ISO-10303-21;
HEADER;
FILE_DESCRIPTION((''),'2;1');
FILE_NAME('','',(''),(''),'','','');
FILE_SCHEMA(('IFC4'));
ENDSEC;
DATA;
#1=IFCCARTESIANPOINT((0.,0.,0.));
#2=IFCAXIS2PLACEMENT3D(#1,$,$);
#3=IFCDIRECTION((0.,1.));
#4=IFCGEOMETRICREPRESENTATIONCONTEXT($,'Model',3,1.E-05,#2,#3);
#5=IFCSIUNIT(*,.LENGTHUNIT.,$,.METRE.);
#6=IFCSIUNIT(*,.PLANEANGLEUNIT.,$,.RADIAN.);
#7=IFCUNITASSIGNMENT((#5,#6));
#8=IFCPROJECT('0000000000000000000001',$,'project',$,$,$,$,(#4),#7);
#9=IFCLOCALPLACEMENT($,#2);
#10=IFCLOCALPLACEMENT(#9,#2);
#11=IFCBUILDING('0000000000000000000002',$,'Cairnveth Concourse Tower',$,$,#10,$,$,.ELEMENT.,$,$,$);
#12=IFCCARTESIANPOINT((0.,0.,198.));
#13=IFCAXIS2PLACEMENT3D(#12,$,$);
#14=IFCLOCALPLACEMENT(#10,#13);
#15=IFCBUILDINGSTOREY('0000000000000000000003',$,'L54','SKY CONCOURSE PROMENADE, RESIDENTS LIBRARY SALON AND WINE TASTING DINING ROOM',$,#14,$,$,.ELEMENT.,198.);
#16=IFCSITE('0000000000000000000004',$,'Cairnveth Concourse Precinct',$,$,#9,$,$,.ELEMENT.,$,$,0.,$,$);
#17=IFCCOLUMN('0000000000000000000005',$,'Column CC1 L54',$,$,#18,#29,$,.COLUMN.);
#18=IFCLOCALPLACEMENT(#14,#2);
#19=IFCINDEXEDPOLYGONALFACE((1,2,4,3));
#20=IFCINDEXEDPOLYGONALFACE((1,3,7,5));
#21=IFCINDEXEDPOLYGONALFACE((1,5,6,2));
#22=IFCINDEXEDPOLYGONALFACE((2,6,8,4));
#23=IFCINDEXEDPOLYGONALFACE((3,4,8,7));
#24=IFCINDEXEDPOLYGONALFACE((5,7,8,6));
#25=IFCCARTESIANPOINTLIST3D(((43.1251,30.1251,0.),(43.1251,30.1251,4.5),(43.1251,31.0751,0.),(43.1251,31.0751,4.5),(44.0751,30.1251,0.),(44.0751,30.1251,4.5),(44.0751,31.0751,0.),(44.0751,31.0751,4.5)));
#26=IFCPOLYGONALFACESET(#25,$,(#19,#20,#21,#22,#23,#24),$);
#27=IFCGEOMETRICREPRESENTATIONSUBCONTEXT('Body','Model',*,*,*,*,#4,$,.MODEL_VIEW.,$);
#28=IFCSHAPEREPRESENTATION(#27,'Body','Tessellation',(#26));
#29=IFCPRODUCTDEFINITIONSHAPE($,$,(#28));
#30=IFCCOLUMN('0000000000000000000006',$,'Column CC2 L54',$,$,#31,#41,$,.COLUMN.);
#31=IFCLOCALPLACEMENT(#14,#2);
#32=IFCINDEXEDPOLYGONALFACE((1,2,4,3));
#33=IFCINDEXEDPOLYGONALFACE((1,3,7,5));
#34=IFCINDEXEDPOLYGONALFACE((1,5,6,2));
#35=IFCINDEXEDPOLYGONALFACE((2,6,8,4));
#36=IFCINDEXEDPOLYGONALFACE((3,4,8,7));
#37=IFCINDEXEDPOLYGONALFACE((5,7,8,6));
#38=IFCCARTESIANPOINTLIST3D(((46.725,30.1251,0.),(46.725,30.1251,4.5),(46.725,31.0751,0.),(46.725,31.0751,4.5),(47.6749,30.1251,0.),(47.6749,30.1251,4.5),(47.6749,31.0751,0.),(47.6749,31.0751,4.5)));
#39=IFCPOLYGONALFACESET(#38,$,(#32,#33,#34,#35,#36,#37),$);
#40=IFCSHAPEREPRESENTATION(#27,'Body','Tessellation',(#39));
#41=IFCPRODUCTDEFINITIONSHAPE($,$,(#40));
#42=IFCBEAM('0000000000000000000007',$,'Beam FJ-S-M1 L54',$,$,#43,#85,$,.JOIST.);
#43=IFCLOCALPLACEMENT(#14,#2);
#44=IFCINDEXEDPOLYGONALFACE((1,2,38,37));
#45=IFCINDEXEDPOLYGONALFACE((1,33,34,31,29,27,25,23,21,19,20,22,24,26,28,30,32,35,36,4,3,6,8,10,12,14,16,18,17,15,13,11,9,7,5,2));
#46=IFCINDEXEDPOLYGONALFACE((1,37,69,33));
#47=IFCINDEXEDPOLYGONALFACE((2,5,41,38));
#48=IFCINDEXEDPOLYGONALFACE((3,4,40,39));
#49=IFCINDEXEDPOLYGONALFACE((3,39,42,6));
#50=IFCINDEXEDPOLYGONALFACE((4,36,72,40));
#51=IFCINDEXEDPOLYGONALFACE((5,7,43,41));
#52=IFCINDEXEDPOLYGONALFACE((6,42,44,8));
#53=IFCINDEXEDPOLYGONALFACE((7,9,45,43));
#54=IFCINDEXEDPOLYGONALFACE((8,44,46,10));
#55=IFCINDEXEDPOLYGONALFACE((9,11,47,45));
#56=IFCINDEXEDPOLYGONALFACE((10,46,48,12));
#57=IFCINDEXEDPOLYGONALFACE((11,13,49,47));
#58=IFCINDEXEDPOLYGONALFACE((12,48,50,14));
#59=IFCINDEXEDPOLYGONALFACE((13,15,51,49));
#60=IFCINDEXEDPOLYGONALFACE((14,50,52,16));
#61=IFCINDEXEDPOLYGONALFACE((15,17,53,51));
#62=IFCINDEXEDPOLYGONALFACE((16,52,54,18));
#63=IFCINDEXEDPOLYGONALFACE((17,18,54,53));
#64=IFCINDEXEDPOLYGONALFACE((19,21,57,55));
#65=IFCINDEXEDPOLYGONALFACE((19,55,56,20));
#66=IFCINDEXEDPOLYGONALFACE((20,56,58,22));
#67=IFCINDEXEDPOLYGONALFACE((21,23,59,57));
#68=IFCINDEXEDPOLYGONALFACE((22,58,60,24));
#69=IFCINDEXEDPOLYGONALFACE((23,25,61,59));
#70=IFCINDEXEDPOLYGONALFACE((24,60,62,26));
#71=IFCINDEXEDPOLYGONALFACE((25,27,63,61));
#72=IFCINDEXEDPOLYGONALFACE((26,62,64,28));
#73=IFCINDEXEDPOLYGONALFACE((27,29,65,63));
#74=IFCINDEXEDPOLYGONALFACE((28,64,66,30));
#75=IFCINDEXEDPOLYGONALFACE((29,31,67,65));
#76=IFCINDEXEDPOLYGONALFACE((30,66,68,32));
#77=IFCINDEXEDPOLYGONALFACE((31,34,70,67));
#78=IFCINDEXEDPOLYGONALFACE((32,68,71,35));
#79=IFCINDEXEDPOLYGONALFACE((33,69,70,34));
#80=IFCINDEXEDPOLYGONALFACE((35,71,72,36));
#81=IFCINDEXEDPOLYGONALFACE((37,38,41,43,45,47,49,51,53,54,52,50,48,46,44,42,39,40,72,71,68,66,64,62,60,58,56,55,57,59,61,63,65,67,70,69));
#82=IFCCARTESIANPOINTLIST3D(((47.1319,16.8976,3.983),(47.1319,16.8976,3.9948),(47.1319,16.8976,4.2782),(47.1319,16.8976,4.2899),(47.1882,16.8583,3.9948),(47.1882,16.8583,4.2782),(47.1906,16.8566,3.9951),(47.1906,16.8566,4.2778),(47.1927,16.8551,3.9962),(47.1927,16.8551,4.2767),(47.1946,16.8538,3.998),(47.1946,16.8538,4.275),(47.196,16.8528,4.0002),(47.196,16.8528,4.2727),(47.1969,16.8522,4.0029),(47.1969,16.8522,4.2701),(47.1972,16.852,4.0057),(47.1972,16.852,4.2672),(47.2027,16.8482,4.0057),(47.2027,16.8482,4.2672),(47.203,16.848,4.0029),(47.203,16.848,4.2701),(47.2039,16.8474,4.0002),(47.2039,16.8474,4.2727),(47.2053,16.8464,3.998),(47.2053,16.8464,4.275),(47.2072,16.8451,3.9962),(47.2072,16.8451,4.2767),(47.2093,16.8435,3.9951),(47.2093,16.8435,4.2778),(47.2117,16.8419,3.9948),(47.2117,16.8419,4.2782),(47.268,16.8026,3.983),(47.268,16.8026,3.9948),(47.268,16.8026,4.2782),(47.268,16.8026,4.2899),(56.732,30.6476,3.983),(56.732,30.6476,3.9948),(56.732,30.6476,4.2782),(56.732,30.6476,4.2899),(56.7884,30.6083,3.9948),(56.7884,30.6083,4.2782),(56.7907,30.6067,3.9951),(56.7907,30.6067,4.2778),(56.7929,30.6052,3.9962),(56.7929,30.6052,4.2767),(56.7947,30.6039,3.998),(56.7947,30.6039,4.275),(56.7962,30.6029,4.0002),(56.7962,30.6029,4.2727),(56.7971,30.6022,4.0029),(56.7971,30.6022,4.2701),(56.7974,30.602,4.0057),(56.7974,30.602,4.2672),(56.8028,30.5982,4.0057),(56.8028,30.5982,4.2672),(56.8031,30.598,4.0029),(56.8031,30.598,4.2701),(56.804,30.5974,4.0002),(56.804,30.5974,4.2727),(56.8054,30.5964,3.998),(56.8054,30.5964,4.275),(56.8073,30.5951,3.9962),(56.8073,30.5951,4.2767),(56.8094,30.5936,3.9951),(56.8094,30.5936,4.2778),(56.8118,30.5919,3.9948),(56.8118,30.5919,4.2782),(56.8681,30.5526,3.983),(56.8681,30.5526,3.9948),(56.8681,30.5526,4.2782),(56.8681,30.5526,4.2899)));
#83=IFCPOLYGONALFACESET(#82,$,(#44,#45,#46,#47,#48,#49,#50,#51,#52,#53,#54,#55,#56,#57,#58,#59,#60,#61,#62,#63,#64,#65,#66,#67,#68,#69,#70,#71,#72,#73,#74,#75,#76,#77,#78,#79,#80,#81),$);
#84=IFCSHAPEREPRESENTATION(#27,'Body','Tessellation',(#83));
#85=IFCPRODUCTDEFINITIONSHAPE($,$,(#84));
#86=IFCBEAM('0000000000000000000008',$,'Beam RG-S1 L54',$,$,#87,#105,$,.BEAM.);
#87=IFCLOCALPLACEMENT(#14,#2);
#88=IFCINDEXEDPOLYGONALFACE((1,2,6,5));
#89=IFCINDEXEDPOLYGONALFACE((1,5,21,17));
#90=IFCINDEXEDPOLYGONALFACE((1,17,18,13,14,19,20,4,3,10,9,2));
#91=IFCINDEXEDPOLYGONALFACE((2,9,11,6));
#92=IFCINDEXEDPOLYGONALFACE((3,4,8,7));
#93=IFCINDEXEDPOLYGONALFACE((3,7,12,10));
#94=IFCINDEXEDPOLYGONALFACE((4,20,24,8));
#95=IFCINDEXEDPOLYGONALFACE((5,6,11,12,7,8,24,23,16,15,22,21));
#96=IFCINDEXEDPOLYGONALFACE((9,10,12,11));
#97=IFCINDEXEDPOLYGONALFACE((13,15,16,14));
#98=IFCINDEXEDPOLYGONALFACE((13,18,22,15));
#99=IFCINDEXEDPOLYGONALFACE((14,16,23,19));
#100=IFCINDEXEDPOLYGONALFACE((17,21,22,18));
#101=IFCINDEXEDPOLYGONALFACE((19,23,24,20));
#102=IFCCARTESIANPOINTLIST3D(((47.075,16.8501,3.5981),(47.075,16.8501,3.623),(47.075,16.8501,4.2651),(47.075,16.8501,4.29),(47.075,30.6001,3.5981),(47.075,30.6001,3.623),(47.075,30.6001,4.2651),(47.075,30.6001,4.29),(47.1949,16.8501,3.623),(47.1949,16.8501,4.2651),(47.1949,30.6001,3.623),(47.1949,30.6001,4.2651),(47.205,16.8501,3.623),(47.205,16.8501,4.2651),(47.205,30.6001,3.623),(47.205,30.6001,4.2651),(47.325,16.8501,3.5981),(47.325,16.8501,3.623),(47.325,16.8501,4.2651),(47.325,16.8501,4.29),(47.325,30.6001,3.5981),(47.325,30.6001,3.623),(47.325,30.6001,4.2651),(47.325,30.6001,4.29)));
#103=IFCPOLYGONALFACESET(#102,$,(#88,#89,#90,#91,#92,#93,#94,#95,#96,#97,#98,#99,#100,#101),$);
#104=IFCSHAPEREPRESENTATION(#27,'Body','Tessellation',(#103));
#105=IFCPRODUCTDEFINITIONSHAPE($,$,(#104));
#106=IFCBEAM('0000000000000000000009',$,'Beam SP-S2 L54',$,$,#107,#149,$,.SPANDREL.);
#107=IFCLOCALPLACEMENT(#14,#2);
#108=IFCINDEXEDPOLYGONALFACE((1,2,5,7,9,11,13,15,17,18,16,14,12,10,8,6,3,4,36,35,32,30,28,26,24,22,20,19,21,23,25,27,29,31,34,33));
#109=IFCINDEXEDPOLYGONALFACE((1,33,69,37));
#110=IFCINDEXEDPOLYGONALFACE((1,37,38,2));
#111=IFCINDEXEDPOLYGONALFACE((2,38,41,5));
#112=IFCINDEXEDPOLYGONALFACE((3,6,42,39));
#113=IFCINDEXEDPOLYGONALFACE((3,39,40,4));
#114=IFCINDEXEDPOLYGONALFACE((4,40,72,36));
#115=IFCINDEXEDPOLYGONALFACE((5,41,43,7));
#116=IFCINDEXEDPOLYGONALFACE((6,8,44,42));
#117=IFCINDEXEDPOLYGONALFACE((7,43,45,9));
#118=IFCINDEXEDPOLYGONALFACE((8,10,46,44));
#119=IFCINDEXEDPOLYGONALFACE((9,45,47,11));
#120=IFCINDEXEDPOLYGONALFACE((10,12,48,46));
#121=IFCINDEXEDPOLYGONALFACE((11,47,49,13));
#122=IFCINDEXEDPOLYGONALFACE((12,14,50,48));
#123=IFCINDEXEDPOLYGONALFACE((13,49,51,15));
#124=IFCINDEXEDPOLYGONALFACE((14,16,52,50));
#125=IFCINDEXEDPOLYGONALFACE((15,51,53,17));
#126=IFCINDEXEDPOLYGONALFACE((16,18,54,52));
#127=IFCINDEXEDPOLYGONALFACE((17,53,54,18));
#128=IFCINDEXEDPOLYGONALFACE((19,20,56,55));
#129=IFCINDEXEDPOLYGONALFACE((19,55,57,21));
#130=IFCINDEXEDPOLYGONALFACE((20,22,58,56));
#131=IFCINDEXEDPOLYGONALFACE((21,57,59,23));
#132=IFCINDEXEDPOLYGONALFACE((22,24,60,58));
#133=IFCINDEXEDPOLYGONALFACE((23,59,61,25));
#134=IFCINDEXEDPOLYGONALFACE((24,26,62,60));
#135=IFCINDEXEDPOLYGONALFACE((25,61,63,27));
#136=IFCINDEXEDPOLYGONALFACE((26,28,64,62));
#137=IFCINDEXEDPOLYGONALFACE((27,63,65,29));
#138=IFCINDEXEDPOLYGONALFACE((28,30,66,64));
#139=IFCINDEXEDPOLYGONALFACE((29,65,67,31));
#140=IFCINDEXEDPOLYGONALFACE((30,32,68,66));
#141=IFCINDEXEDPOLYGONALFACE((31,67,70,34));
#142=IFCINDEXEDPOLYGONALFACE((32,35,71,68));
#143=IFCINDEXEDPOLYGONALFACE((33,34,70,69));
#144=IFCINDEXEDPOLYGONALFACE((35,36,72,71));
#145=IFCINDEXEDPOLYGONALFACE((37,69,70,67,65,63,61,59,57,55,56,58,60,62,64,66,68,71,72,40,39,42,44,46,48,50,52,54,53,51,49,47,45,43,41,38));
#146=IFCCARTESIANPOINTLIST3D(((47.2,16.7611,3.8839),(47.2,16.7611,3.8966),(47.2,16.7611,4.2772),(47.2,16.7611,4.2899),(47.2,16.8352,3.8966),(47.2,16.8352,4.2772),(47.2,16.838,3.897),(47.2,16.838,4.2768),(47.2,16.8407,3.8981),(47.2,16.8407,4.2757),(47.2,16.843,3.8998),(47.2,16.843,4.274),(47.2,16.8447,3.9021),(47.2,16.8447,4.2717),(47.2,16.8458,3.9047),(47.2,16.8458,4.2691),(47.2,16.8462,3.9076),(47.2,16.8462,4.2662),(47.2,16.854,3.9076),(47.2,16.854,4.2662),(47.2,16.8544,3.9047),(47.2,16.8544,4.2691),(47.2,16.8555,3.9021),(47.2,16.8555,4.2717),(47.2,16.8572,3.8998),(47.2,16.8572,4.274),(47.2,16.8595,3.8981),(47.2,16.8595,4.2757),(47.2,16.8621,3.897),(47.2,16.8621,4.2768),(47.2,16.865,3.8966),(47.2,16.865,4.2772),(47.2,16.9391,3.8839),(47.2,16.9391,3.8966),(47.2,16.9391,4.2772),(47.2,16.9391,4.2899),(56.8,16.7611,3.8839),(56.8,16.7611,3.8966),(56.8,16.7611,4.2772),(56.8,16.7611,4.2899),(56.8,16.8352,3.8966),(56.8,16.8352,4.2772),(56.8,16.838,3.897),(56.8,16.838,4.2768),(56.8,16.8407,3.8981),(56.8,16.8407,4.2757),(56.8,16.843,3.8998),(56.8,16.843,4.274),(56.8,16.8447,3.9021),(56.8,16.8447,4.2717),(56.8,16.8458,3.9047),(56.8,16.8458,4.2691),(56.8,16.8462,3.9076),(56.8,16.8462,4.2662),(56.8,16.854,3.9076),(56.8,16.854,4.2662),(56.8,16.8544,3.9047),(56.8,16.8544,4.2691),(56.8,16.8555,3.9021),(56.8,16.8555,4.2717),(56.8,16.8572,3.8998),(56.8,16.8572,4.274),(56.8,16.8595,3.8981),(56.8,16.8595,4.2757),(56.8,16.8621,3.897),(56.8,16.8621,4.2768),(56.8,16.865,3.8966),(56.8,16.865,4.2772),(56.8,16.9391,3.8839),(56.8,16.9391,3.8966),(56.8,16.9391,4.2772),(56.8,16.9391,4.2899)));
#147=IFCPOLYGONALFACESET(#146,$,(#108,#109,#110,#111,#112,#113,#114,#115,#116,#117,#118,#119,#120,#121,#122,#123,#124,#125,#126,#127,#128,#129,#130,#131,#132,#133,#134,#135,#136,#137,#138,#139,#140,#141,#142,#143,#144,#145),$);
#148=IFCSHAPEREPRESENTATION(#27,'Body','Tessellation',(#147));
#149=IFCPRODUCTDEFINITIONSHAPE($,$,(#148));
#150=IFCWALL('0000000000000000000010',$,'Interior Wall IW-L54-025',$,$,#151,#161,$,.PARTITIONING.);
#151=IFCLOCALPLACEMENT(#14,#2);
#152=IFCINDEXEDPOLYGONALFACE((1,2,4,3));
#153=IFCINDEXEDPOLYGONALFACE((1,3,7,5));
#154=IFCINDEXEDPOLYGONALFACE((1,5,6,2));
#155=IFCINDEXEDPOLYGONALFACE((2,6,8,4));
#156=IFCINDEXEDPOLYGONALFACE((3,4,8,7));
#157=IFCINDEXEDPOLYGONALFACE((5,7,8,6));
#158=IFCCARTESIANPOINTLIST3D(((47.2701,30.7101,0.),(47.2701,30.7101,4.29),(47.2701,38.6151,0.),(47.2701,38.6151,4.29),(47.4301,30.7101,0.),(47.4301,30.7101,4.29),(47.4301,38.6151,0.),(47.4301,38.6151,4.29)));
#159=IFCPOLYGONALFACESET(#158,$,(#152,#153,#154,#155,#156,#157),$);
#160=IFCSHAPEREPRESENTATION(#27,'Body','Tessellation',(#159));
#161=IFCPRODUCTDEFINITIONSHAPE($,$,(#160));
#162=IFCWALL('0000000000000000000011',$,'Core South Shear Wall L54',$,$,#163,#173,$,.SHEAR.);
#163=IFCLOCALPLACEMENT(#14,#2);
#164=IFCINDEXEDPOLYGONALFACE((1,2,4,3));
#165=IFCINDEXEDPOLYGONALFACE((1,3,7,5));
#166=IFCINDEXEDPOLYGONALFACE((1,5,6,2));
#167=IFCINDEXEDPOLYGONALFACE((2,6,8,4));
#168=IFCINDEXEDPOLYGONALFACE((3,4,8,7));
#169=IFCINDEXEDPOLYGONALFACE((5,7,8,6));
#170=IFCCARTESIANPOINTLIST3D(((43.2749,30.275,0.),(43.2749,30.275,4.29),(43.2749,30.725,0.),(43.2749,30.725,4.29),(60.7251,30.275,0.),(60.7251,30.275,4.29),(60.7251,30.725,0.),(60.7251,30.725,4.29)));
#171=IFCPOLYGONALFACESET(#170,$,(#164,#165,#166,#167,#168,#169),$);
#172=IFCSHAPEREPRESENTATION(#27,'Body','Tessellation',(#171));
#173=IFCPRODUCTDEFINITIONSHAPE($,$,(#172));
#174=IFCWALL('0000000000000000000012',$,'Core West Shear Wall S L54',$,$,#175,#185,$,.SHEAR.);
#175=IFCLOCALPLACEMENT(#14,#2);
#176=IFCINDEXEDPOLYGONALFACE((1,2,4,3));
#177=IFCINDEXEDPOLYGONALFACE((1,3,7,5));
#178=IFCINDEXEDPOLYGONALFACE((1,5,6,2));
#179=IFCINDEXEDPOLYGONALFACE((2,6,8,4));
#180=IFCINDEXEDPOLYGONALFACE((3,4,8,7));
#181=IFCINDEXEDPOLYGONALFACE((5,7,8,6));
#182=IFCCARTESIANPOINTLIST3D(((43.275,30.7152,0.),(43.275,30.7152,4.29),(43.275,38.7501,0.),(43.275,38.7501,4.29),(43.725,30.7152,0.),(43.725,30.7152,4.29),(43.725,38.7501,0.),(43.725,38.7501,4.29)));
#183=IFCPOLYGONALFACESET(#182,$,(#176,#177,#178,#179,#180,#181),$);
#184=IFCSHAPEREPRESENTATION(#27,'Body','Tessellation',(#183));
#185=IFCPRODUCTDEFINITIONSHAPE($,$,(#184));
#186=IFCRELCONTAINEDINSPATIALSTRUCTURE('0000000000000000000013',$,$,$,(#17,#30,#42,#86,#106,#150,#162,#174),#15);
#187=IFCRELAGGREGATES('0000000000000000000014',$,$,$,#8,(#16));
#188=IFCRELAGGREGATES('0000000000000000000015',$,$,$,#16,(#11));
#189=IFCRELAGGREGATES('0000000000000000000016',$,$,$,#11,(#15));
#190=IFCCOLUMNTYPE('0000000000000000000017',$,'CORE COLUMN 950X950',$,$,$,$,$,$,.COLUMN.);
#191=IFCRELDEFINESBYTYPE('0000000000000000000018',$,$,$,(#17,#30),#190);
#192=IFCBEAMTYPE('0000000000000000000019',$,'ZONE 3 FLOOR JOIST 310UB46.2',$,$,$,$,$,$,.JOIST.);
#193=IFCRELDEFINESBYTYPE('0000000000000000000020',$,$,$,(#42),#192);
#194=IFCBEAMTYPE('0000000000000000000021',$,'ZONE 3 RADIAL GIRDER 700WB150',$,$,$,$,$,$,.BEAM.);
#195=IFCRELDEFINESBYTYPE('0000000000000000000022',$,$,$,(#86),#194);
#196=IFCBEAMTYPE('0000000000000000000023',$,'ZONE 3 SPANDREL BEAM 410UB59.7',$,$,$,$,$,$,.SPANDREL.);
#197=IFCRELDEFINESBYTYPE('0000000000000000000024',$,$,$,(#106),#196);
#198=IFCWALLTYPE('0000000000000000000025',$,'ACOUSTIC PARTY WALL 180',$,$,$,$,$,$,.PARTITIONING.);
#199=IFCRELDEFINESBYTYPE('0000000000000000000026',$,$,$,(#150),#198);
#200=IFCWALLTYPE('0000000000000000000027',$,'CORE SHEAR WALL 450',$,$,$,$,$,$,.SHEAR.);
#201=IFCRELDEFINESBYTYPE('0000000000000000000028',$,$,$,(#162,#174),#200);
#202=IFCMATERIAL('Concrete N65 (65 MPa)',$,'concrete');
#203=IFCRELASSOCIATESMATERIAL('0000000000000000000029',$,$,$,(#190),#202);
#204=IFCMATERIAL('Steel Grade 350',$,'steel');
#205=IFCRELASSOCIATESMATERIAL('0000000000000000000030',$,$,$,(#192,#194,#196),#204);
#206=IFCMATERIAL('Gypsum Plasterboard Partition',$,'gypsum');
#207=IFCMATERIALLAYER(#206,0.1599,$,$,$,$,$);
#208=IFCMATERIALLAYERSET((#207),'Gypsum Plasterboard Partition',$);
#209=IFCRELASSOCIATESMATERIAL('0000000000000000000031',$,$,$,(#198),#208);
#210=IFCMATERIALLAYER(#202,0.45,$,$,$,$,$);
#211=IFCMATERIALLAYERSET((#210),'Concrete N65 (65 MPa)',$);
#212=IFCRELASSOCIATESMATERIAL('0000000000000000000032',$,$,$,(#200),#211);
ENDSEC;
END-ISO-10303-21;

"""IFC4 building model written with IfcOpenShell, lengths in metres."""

from ifc_helpers import new_model, si_unit, direction, frame, frame_2d, origin, origin_2d, place, context, subcontext, project, spatial, rectangle, i_section, extrude, material, layer, layer_set, material_profile, profile_set, type_object, element, save


model = new_model("IFC4")

# Units and contexts
model_context = context("Model", 3, precision=1e-05, world=origin(), true_north=direction((0.0, 1.0)))
body_context = subcontext(model_context, "Body", "Model", "MODEL_VIEW")
ifc_project = project(units=[si_unit("LENGTHUNIT", "METRE"), si_unit("PLANEANGLEUNIT", "RADIAN")], contexts=[model_context])

# Site, building, storey
site_placement = place(None, origin())
site = spatial("IfcSite", under=ifc_project, at=site_placement, Name="Cairnveth Concourse Precinct", CompositionType="ELEMENT", RefElevation=0.0)
building_placement = place(site_placement, origin())
building = spatial("IfcBuilding", under=site, at=building_placement, Name="Cairnveth Concourse Tower", CompositionType="ELEMENT")
storey_placement = place(building_placement, frame((0.0, 0.0, 198.0)))
storey = spatial("IfcBuildingStorey", under=building, at=storey_placement, Name="L54", Description="SKY CONCOURSE PROMENADE, RESIDENTS LIBRARY SALON AND WINE TASTING DINING ROOM", CompositionType="ELEMENT", Elevation=198.0)

# Columns
ifc_material_1 = material(Name="Concrete N65 (65 MPa)", Category="concrete")
ifc_material_profile_1 = material_profile(ifc_material_1, rectangle(XDim=0.95, YDim=0.95, at=origin_2d()), Name="RC-COL-950x950")
ifc_profile_set_1 = profile_set([ifc_material_profile_1], Name="Concrete N65 (65 MPa)")
column_type = type_object("IfcColumnType", Name="CORE COLUMN 950X950", PredefinedType="COLUMN", material=ifc_profile_set_1)
for number, where, z_axis, x_axis, name in (
    (1, (43.6001, 30.6001, 0.0), (0.0, 0.0, 1.0), (1.0, 0.0, 0.0), "Column CC1 L54"),
    (2, (47.2, 30.6001, 0.0), (0.0, 0.0, 1.0), (1.0, 0.0, 0.0), "Column CC2 L54"),
):
    element("IfcColumn", number, at=place(storey_placement, frame(where, z_axis=z_axis, x_axis=x_axis)), inside=storey, type_object=column_type, Name=name, PredefinedType="COLUMN", context=body_context, shape_type="SweptSolid", body=[
        extrude(rectangle(XDim=0.95, YDim=0.95, at=origin_2d()), origin(), (0.0, 0.0, 1.0), 4.5),
    ])

# Beams
ifc_material_2 = material(Name="Steel Grade 350", Category="steel")
ifc_material_profile_2 = material_profile(ifc_material_2, i_section(OverallWidth=0.166, OverallDepth=0.3069, WebThickness=0.0066, FlangeThickness=0.0117, FilletRadius=0.011, at=origin_2d()), Name="310UB46.2")
ifc_profile_set_2 = profile_set([ifc_material_profile_2], Name="Steel Grade 350")
beam_type_1 = type_object("IfcBeamType", Name="ZONE 3 FLOOR JOIST 310UB46.2", PredefinedType="JOIST", material=ifc_profile_set_2)
beam_1_placement = place(storey_placement, frame((47.2, 16.8501, 4.1365), z_axis=(0.572465, 0.819929, 0.0), x_axis=(-0.819929, 0.572465, 0.0)))
element("IfcBeam", 3, at=beam_1_placement, inside=storey, type_object=beam_type_1, Name="Beam FJ-S-M1 L54", PredefinedType="JOIST", context=body_context, shape_type="SweptSolid", body=[
    extrude(i_section(OverallWidth=0.166, OverallDepth=0.3069, WebThickness=0.0066, FlangeThickness=0.0117, FilletRadius=0.011, at=origin_2d()), origin(), (0.0, 0.0, 1.0), 16.7698),
])
ifc_material_profile_3 = material_profile(ifc_material_2, i_section(OverallWidth=0.25, OverallDepth=0.6919, WebThickness=0.01, FlangeThickness=0.0249, at=origin_2d()), Name="700WB150")
ifc_profile_set_3 = profile_set([ifc_material_profile_3], Name="Steel Grade 350")
beam_type_2 = type_object("IfcBeamType", Name="ZONE 3 RADIAL GIRDER 700WB150", PredefinedType="BEAM", material=ifc_profile_set_3)
beam_2_placement = place(storey_placement, frame((47.2, 16.8501, 3.9441), z_axis=(0.0, 1.0, 0.0), x_axis=(-1.0, 0.0, 0.0)))
element("IfcBeam", 4, at=beam_2_placement, inside=storey, type_object=beam_type_2, Name="Beam RG-S1 L54", PredefinedType="BEAM", context=body_context, shape_type="SweptSolid", body=[
    extrude(i_section(OverallWidth=0.25, OverallDepth=0.6919, WebThickness=0.01, FlangeThickness=0.0249, at=origin_2d()), origin(), (0.0, 0.0, 1.0), 13.75),
])
ifc_material_profile_4 = material_profile(ifc_material_2, i_section(OverallWidth=0.178, OverallDepth=0.406, WebThickness=0.0078, FlangeThickness=0.0127, FilletRadius=0.011, at=origin_2d()), Name="410UB59.7")
ifc_profile_set_4 = profile_set([ifc_material_profile_4], Name="Steel Grade 350")
beam_type_3 = type_object("IfcBeamType", Name="ZONE 3 SPANDREL BEAM 410UB59.7", PredefinedType="SPANDREL", material=ifc_profile_set_4)
beam_3_placement = place(storey_placement, frame((47.2, 16.8501, 4.0869), z_axis=(1.0, 0.0, 0.0), x_axis=(0.0, 1.0, 0.0)))
element("IfcBeam", 5, at=beam_3_placement, inside=storey, type_object=beam_type_3, Name="Beam SP-S2 L54", PredefinedType="SPANDREL", context=body_context, shape_type="SweptSolid", body=[
    extrude(i_section(OverallWidth=0.178, OverallDepth=0.406, WebThickness=0.0078, FlangeThickness=0.0127, FilletRadius=0.011, at=origin_2d()), origin(), (0.0, 0.0, 1.0), 9.6001),
])

# Walls
ifc_material_3 = material(Name="Gypsum Plasterboard Partition", Category="gypsum")
ifc_layer_1 = layer(ifc_material_3, 0.1599)
ifc_layer_set_1 = layer_set([ifc_layer_1], Name="Gypsum Plasterboard Partition")
wall_type_1 = type_object("IfcWallType", Name="ACOUSTIC PARTY WALL 180", PredefinedType="PARTITIONING", material=ifc_layer_set_1)
wall_1_placement = place(storey_placement, frame((47.3501, 30.71, 0.0), z_axis=(0.0, 0.0, 1.0), x_axis=(0.0, 1.0, 0.0)))
element("IfcWall", 6, at=wall_1_placement, inside=storey, type_object=wall_type_1, Name="Interior Wall IW-L54-025", PredefinedType="PARTITIONING", context=body_context, shape_type="SweptSolid", body=[
    extrude(rectangle(XDim=7.905, YDim=0.1599, at=frame_2d((3.9526, 0.0))), origin(), (0.0, 0.0, 1.0), 4.29),
])
ifc_layer_2 = layer(ifc_material_1, 0.45)
ifc_layer_set_2 = layer_set([ifc_layer_2], Name="Concrete N65 (65 MPa)")
wall_type_2 = type_object("IfcWallType", Name="CORE SHEAR WALL 450", PredefinedType="SHEAR", material=ifc_layer_set_2)
wall_2_placement = place(storey_placement, frame((43.2749, 30.5, 0.0), z_axis=(0.0, 0.0, 1.0), x_axis=(1.0, 0.0, 0.0)))
element("IfcWall", 7, at=wall_2_placement, inside=storey, type_object=wall_type_2, Name="Core South Shear Wall L54", PredefinedType="SHEAR", context=body_context, shape_type="SweptSolid", body=[
    extrude(rectangle(XDim=17.4502, YDim=0.45, at=frame_2d((8.7251, 0.0))), origin(), (0.0, 0.0, 1.0), 4.29),
])
wall_3_placement = place(storey_placement, frame((43.5, 30.7151, 0.0), z_axis=(0.0, 0.0, 1.0), x_axis=(0.0, 1.0, 0.0)))
element("IfcWall", 8, at=wall_3_placement, inside=storey, type_object=wall_type_2, Name="Core West Shear Wall S L54", PredefinedType="SHEAR", context=body_context, shape_type="SweptSolid", body=[
    extrude(rectangle(XDim=8.0349, YDim=0.45, at=frame_2d((4.0176, 0.0))), origin(), (0.0, 0.0, 1.0), 4.29),
])

save(model, "model.ifc")
